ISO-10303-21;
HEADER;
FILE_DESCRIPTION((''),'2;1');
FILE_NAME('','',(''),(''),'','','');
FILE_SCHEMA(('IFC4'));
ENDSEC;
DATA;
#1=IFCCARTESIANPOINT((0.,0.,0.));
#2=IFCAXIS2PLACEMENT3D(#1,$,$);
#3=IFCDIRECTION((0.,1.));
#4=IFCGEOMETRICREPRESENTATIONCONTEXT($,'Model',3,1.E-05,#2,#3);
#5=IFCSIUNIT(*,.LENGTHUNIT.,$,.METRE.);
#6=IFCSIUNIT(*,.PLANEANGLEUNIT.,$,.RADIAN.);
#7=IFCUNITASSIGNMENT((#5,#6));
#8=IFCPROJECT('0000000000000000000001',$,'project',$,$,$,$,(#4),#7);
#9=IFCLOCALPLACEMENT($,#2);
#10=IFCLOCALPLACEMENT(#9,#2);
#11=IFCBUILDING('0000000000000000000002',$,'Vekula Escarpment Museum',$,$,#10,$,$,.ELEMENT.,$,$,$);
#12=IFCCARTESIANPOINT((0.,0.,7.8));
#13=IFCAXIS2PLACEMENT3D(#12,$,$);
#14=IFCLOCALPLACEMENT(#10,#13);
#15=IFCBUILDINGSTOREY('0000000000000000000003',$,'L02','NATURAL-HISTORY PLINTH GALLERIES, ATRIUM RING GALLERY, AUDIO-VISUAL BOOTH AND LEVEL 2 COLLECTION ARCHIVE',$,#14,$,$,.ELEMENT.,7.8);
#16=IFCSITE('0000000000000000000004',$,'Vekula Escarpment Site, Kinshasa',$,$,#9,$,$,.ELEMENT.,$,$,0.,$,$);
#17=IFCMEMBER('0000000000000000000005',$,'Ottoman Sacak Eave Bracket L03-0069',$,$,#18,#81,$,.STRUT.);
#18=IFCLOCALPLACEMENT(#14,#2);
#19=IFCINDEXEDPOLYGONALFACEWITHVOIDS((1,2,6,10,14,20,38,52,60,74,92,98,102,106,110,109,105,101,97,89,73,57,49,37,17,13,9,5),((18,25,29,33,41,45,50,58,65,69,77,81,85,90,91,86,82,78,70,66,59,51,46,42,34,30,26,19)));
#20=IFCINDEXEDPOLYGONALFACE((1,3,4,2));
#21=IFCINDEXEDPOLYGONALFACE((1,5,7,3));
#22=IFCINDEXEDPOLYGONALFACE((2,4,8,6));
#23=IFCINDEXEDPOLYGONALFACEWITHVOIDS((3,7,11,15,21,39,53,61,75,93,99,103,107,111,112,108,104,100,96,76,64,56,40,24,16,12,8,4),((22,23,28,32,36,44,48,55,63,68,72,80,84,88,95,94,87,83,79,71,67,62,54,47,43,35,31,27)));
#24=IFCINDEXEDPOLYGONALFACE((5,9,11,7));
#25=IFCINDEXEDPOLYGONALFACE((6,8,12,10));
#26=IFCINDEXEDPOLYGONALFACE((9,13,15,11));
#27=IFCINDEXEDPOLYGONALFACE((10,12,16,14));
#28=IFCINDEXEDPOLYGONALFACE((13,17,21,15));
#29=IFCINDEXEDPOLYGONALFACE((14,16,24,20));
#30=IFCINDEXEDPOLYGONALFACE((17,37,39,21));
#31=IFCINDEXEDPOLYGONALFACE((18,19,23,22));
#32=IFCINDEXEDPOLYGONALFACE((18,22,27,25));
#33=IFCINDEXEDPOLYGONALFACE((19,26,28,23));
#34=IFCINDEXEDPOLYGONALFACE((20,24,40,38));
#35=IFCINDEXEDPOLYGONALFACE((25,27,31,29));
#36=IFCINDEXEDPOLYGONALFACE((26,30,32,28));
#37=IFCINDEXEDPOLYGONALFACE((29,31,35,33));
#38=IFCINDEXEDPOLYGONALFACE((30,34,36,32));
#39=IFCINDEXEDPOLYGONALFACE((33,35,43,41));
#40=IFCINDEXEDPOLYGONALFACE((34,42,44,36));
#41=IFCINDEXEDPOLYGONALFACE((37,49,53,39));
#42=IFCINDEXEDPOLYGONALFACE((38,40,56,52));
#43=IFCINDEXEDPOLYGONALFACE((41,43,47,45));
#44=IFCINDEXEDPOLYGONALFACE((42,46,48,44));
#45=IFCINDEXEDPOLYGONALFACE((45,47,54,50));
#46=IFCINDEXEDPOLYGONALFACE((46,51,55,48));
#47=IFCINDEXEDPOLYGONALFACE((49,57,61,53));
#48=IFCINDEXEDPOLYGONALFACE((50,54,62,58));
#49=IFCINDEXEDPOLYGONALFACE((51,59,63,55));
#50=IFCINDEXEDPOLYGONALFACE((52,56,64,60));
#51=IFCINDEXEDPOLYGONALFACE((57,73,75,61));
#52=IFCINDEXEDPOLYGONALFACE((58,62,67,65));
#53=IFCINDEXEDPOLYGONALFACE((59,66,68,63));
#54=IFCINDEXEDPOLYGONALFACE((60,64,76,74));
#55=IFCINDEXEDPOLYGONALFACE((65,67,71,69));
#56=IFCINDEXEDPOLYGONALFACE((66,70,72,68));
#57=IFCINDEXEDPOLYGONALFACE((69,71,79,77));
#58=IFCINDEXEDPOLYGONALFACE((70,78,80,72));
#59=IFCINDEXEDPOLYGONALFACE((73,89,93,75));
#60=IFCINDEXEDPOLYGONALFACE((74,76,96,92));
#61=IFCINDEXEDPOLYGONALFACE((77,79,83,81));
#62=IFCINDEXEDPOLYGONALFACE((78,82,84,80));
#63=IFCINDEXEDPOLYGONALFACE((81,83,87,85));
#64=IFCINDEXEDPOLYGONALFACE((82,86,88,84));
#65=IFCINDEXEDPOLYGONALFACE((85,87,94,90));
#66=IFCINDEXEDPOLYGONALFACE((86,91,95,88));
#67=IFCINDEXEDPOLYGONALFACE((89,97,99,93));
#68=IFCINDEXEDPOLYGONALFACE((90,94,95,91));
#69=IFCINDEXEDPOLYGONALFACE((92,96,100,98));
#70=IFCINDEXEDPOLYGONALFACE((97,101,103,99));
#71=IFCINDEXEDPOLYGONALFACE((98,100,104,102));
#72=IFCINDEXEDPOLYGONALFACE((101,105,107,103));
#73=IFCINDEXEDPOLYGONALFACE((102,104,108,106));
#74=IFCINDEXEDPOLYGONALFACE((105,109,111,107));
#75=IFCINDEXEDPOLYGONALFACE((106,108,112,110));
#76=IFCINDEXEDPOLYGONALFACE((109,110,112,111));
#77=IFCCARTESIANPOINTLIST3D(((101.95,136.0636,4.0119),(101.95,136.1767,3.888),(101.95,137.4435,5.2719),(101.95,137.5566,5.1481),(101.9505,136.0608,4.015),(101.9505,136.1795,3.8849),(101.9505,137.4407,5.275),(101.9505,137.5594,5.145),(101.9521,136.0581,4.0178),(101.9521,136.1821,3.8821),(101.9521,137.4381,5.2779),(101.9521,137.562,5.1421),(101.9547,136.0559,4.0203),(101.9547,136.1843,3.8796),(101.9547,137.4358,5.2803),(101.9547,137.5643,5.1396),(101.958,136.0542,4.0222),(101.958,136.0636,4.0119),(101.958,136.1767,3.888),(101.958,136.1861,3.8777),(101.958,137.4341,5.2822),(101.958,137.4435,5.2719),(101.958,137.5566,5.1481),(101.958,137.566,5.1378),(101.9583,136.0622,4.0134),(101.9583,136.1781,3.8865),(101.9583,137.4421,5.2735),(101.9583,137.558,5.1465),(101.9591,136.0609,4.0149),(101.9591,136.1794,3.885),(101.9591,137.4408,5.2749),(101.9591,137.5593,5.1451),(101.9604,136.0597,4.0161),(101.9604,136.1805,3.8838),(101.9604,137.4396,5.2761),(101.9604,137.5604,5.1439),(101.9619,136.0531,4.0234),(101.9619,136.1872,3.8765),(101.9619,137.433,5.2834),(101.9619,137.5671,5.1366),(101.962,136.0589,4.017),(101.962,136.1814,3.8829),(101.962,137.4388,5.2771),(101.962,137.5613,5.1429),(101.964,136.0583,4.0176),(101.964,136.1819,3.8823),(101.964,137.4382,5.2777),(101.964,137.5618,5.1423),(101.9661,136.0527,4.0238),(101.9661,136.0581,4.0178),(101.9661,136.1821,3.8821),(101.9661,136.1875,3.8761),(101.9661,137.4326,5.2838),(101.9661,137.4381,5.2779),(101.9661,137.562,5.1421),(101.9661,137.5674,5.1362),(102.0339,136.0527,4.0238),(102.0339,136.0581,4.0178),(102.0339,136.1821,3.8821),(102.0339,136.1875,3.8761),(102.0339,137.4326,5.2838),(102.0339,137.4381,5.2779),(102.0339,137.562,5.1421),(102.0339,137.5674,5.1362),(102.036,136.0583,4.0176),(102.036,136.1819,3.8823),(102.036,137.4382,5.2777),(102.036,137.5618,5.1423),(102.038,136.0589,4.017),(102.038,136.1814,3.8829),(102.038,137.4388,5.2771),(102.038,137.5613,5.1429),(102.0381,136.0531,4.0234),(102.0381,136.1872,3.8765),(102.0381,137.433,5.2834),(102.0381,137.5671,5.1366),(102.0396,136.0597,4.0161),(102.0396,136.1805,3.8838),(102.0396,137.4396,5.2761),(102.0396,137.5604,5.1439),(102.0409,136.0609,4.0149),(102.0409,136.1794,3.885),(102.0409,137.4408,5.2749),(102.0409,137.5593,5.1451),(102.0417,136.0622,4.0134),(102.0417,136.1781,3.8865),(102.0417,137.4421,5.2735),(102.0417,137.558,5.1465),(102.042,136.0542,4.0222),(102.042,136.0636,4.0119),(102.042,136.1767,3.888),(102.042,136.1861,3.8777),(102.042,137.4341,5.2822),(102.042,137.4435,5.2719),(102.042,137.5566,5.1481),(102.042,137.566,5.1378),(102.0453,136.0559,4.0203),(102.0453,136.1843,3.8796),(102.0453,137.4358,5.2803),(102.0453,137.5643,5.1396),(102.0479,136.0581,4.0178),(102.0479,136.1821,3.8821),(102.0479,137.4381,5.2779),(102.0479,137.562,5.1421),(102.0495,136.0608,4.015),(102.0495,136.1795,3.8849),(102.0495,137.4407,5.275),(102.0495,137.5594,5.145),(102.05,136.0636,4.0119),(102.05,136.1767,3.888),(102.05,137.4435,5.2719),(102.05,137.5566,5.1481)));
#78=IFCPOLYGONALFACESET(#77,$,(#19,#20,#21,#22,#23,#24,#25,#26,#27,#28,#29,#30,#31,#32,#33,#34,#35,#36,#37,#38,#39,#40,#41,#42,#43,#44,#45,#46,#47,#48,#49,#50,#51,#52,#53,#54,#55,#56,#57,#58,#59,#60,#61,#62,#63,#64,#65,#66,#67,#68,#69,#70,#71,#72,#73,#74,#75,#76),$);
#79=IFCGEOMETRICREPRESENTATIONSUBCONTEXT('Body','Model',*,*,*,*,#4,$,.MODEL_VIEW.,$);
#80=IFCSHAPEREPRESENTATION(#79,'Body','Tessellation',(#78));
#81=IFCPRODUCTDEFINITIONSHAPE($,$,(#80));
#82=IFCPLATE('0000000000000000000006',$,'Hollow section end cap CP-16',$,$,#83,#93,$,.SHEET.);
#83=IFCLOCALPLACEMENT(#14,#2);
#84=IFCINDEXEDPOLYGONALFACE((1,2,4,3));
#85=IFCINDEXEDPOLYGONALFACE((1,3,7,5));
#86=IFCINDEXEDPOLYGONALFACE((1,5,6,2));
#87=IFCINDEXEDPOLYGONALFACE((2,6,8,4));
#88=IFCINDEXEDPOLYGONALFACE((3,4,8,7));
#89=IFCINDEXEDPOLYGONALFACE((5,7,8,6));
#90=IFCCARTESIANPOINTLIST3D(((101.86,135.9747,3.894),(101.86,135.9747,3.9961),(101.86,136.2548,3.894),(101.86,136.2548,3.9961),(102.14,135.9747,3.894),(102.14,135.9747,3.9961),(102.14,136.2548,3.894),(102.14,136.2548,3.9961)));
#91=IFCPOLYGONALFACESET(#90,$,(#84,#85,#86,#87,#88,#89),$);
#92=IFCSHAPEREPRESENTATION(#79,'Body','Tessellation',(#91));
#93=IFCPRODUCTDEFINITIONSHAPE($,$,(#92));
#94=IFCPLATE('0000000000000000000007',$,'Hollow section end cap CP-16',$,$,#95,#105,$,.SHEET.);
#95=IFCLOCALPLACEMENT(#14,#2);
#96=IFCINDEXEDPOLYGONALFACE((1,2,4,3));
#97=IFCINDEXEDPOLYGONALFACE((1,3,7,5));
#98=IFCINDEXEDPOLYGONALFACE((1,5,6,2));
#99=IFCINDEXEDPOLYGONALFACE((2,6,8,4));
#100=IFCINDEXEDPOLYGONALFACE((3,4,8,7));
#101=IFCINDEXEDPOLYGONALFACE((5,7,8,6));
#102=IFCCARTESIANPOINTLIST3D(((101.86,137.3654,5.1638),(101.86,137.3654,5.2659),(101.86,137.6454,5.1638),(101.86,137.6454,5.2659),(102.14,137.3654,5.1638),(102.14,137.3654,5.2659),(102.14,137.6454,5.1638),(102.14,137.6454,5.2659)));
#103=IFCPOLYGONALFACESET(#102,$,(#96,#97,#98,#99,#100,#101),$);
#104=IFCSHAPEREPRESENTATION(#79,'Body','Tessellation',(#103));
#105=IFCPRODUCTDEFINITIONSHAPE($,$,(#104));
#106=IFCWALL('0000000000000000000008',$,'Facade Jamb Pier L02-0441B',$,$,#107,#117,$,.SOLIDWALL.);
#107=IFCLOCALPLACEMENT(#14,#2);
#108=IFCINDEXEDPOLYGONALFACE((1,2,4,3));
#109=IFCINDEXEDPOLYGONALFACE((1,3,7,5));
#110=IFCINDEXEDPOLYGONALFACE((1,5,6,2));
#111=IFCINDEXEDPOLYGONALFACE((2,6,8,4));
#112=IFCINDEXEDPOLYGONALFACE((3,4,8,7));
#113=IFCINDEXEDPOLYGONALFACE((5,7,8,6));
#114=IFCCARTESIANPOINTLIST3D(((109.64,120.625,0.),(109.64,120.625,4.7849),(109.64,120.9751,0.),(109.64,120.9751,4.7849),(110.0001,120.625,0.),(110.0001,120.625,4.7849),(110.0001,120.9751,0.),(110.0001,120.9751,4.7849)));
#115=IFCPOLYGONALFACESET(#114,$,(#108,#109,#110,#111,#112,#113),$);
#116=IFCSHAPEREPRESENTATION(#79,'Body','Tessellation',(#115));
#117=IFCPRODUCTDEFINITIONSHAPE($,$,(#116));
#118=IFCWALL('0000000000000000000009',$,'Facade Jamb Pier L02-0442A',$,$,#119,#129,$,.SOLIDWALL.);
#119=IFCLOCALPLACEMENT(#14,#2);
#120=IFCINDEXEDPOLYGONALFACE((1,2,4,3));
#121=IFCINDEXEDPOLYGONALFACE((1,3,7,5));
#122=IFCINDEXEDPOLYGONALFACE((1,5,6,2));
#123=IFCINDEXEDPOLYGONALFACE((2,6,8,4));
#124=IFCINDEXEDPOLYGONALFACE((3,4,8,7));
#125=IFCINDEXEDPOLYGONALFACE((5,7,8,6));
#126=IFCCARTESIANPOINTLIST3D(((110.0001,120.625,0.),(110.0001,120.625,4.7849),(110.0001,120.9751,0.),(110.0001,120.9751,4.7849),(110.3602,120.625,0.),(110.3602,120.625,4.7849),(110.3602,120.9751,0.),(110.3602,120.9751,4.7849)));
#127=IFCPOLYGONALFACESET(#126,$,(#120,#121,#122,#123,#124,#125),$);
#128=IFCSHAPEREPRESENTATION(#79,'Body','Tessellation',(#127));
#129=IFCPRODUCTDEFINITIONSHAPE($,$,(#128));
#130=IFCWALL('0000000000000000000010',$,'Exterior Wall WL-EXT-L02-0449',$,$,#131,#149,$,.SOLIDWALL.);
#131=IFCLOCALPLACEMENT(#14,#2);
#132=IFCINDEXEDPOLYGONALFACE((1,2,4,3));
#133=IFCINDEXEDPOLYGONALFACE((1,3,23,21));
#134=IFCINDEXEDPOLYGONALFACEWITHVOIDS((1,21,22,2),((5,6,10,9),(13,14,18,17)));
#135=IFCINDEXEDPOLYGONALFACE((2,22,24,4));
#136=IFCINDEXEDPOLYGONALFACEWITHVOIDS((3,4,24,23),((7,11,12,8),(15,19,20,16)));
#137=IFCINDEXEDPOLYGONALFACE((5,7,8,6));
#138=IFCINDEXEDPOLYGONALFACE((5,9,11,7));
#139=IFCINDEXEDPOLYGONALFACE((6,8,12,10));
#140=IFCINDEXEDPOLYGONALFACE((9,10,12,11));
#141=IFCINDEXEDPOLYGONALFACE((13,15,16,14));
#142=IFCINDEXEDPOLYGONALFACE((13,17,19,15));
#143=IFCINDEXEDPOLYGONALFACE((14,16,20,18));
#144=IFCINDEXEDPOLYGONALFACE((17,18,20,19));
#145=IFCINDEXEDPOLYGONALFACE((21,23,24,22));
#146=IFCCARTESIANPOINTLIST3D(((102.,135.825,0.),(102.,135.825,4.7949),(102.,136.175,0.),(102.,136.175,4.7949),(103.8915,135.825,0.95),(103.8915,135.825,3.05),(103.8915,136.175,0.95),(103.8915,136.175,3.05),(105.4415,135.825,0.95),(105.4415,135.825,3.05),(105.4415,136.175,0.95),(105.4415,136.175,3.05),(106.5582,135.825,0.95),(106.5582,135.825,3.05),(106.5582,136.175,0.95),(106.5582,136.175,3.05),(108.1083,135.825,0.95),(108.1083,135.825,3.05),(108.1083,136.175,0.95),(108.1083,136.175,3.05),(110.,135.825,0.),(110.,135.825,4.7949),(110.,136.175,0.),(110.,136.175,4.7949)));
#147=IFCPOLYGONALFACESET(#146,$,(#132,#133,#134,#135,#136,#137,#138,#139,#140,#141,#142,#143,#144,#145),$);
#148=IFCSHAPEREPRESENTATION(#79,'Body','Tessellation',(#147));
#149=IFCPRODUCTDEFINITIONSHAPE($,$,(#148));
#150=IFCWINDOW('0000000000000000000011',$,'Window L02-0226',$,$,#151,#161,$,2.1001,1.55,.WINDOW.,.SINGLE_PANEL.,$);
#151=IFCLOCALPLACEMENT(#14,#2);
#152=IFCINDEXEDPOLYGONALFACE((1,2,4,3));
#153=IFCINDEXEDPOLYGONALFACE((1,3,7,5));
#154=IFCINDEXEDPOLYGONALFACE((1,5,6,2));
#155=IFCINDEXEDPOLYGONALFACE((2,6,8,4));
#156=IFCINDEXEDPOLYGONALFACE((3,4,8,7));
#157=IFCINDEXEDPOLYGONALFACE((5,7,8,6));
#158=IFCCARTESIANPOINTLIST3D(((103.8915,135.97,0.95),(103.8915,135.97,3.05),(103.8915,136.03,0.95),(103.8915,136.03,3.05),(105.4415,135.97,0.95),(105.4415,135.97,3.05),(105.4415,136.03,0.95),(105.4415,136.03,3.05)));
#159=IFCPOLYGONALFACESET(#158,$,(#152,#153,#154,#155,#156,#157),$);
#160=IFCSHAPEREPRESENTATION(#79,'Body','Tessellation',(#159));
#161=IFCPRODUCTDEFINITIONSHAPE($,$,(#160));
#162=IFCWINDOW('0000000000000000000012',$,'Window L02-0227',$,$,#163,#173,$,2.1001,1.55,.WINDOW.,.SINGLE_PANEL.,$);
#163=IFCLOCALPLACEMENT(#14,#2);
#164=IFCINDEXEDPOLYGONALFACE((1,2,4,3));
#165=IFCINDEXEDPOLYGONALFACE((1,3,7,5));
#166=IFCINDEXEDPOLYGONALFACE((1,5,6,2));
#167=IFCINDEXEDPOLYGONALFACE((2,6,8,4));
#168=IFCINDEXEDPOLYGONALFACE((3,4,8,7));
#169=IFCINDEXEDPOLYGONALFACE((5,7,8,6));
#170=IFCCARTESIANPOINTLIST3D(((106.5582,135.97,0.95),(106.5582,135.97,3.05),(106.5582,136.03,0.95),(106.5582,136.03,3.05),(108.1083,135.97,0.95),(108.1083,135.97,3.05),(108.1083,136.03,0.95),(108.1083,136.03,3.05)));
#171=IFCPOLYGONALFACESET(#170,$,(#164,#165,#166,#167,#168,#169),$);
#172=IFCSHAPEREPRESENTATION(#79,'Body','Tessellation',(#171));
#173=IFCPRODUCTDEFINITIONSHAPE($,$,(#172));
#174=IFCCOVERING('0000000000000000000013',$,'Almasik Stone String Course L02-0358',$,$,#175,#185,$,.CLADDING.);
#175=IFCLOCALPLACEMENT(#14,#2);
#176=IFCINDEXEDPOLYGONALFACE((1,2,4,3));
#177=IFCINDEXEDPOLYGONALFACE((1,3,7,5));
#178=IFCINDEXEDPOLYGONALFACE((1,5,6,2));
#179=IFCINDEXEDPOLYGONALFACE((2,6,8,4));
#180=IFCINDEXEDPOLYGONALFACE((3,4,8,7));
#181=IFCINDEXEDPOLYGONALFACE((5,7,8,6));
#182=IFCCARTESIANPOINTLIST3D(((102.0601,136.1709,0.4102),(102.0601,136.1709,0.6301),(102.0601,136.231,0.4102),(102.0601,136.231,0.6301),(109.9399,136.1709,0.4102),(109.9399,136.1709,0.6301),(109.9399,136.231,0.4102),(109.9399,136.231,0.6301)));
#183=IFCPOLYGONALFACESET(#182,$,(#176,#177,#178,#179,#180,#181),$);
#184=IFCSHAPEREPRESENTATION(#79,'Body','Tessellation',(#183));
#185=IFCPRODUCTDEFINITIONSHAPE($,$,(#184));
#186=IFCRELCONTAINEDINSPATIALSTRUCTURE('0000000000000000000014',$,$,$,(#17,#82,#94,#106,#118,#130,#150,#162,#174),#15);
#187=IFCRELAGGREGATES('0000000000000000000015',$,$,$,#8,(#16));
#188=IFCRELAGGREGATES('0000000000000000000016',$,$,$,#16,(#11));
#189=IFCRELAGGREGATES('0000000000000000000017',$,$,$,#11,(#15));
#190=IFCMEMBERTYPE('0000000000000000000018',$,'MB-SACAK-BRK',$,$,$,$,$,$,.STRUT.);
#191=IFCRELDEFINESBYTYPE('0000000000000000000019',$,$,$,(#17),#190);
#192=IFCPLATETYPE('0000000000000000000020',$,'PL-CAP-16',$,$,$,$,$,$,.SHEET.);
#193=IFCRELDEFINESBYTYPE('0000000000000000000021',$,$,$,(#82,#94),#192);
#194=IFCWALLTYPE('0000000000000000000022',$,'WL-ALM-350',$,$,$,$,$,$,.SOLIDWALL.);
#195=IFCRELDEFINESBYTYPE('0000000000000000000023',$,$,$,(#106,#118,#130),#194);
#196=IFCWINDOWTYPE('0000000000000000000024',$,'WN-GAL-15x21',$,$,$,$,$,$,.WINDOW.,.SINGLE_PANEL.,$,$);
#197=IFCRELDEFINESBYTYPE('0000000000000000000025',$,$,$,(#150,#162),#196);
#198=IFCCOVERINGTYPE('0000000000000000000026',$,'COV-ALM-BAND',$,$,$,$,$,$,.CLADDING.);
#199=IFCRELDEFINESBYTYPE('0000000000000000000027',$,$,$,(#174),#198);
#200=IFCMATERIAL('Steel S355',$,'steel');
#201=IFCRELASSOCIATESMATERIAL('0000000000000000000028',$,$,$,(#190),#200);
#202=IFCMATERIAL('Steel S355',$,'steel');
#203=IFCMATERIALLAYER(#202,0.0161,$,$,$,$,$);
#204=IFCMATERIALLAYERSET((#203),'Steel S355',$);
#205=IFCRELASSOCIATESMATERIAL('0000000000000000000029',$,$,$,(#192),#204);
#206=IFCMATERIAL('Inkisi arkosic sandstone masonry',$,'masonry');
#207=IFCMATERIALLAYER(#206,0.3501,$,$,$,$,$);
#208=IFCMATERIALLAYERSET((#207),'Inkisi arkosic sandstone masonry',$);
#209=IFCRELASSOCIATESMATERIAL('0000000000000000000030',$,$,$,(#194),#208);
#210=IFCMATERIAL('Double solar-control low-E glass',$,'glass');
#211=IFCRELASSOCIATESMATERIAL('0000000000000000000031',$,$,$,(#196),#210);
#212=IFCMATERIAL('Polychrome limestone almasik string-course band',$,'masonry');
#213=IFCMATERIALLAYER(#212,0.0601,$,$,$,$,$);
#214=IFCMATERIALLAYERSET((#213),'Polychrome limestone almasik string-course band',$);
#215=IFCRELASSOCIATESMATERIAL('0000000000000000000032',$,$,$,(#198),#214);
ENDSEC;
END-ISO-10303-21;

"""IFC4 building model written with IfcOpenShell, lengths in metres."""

from ifc_helpers import new_model, si_unit, direction, frame, frame_2d, origin, origin_2d, place, context, subcontext, project, spatial, rectangle, hollow_rectangle, extrude, material, layer, layer_set, material_profile, profile_set, type_object, element, fill, save


model = new_model("IFC4")

# Units and contexts
model_context = context("Model", 3, precision=1e-05, world=origin(), true_north=direction((0.0, 1.0)))
body_context = subcontext(model_context, "Body", "Model", "MODEL_VIEW")
ifc_project = project(units=[si_unit("LENGTHUNIT", "METRE"), si_unit("PLANEANGLEUNIT", "RADIAN")], contexts=[model_context])

# Site, building, storey
site_placement = place(None, origin())
site = spatial("IfcSite", under=ifc_project, at=site_placement, Name="Vekula Escarpment Site, Kinshasa", CompositionType="ELEMENT", RefElevation=0.0)
building_placement = place(site_placement, origin())
building = spatial("IfcBuilding", under=site, at=building_placement, Name="Vekula Escarpment Museum", CompositionType="ELEMENT")
storey_placement = place(building_placement, frame((0.0, 0.0, 7.8)))
storey = spatial("IfcBuildingStorey", under=building, at=storey_placement, Name="L02", Description="NATURAL-HISTORY PLINTH GALLERIES, ATRIUM RING GALLERY, AUDIO-VISUAL BOOTH AND LEVEL 2 COLLECTION ARCHIVE", CompositionType="ELEMENT", Elevation=7.8)

# Member
ifc_material_1 = material(Name="Steel S355", Category="steel")
ifc_material_profile_1 = material_profile(ifc_material_1, hollow_rectangle(XDim=0.1001, YDim=0.2, WallThickness=0.0081, InnerFilletRadius=0.0081, OuterFilletRadius=0.0161, at=origin_2d()), Name="RHS 200x100x8")
ifc_profile_set_1 = profile_set([ifc_material_profile_1], Name="Steel S355")
member_type_1 = type_object("IfcMemberType", Name="MB-SACAK-BRK", PredefinedType="STRUT", material=ifc_profile_set_1)
member_1_placement = place(storey_placement, frame((102.0, 136.1201, 3.95), z_axis=(0.0, 0.738454, 0.674303), x_axis=(-1.0, 0.0, 0.0)))
element("IfcMember", 1, at=member_1_placement, inside=storey, type_object=member_type_1, Name="Ottoman Sacak Eave Bracket L03-0069", PredefinedType="STRUT", context=body_context, shape_type="SweptSolid", body=[
    extrude(hollow_rectangle(XDim=0.1001, YDim=0.2, WallThickness=0.0081, InnerFilletRadius=0.0081, OuterFilletRadius=0.0161, at=origin_2d()), origin(), (0.0, 0.0, 1.0), 1.8687),
])

# Plates
ifc_material_2 = material(Name="Steel S355", Category="steel")
ifc_layer_1 = layer(ifc_material_2, 0.0161)
ifc_layer_set_1 = layer_set([ifc_layer_1], Name="Steel S355")
plate_type = type_object("IfcPlateType", Name="PL-CAP-16", PredefinedType="SHEET", material=ifc_layer_set_1)
for number, where, z_axis, x_axis, name in (
    (2, (102.0, 136.1147, 3.894), (0.0, 0.0, 1.0), (1.0, 0.0, 0.0), "Hollow section end cap CP-16"),
    (3, (102.0, 137.5054, 5.1638), (0.0, 0.0, 1.0), (1.0, 0.0, 0.0), "Hollow section end cap CP-16"),
):
    element("IfcPlate", number, at=place(storey_placement, frame(where, z_axis=z_axis, x_axis=x_axis)), inside=storey, type_object=plate_type, Name=name, PredefinedType="SHEET", context=body_context, shape_type="SweptSolid", body=[
        extrude(rectangle(XDim=0.28, YDim=0.28, at=origin_2d()), origin(), (0.0, 0.0, 1.0), 0.1021),
    ])

# Walls
ifc_material_3 = material(Name="Inkisi arkosic sandstone masonry", Category="masonry")
ifc_layer_2 = layer(ifc_material_3, 0.3501)
ifc_layer_set_2 = layer_set([ifc_layer_2], Name="Inkisi arkosic sandstone masonry")
wall_type = type_object("IfcWallType", Name="WL-ALM-350", PredefinedType="SOLIDWALL", material=ifc_layer_set_2)
for number, where, z_axis, x_axis, name in (
    (4, (109.6399, 120.8, 0.0), (0.0, 0.0, 1.0), (1.0, 0.0, 0.0), "Facade Jamb Pier L02-0441B"),
    (5, (110.0, 120.8, 0.0), (0.0, 0.0, 1.0), (1.0, 0.0, 0.0), "Facade Jamb Pier L02-0442A"),
):
    element("IfcWall", number, at=place(storey_placement, frame(where, z_axis=z_axis, x_axis=x_axis)), inside=storey, type_object=wall_type, Name=name, PredefinedType="SOLIDWALL", context=body_context, shape_type="SweptSolid", body=[
        extrude(rectangle(XDim=0.3601, YDim=0.3501, at=frame_2d((0.1802, 0.0))), origin(), (0.0, 0.0, 1.0), 4.7849),
    ])

# Wall, openings, windows
wall_placement = place(storey_placement, frame((102.0, 136.0, 0.0), z_axis=(0.0, 0.0, 1.0), x_axis=(1.0, 0.0, 0.0)))
wall = element("IfcWall", 6, at=wall_placement, inside=storey, type_object=wall_type, Name="Exterior Wall WL-EXT-L02-0449", PredefinedType="SOLIDWALL", context=body_context, shape_type="SweptSolid", body=[
    extrude(rectangle(XDim=8.0, YDim=0.3501, at=frame_2d((4.0, 0.0))), origin(), (0.0, 0.0, 1.0), 4.7949),
])
opening_1_placement = place(wall_placement, frame((1.8916, 0.0, 0.95)))
opening_1 = element("IfcOpeningElement", 7, at=opening_1_placement, cuts=wall, PredefinedType="OPENING", context=body_context, shape_type="SweptSolid", body=[
    extrude(rectangle(XDim=1.55, YDim=2.1001, at=frame_2d((0.7749, 1.05))), frame((0.0, 0.1851, 0.0), z_axis=(0.0, -1.0, 0.0), x_axis=(1.0, 0.0, 0.0)), (0.0, 0.0, 1.0), 0.3701),
])
opening_2_placement = place(wall_placement, frame((4.5583, 0.0, 0.95)))
opening_2 = element("IfcOpeningElement", 8, at=opening_2_placement, cuts=wall, PredefinedType="OPENING", context=body_context, shape_type="SweptSolid", body=[
    extrude(rectangle(XDim=1.55, YDim=2.1001, at=frame_2d((0.7749, 1.05))), frame((0.0, 0.1851, 0.0), z_axis=(0.0, -1.0, 0.0), x_axis=(1.0, 0.0, 0.0)), (0.0, 0.0, 1.0), 0.3701),
])
ifc_material_4 = material(Name="Double solar-control low-E glass", Category="glass")
window_type = type_object("IfcWindowType", Name="WN-GAL-15x21", PartitioningType="SINGLE_PANEL", PredefinedType="WINDOW", material=ifc_material_4)
window_1_placement = place(opening_1_placement, origin())
window_1 = element("IfcWindow", 9, at=window_1_placement, inside=storey, type_object=window_type, Name="Window L02-0226", OverallHeight=2.1001, OverallWidth=1.55, PartitioningType="SINGLE_PANEL", PredefinedType="WINDOW", context=body_context, shape_type="SweptSolid", body=[
    extrude(rectangle(XDim=1.55, YDim=2.1001, at=frame_2d((0.7749, 1.05))), frame((0.0, 0.03, 0.0), z_axis=(0.0, -1.0, 0.0), x_axis=(1.0, 0.0, 0.0)), (0.0, 0.0, 1.0), 0.0601),
])
fill(opening_1, window_1)
window_2_placement = place(opening_2_placement, origin())
window_2 = element("IfcWindow", 10, at=window_2_placement, inside=storey, type_object=window_type, Name="Window L02-0227", OverallHeight=2.1001, OverallWidth=1.55, PartitioningType="SINGLE_PANEL", PredefinedType="WINDOW", context=body_context, shape_type="SweptSolid", body=[
    extrude(rectangle(XDim=1.55, YDim=2.1001, at=frame_2d((0.7749, 1.05))), frame((0.0, 0.03, 0.0), z_axis=(0.0, -1.0, 0.0), x_axis=(1.0, 0.0, 0.0)), (0.0, 0.0, 1.0), 0.0601),
])
fill(opening_2, window_2)

# Covering
ifc_material_5 = material(Name="Polychrome limestone almasik string-course band", Category="masonry")
ifc_layer_3 = layer(ifc_material_5, 0.0601)
ifc_layer_set_3 = layer_set([ifc_layer_3], Name="Polychrome limestone almasik string-course band")
covering_type = type_object("IfcCoveringType", Name="COV-ALM-BAND", PredefinedType="CLADDING", material=ifc_layer_set_3)
for number, where, z_axis, x_axis, name in (
    (11, (106.0, 136.2009, 0.4102), (0.0, 0.0, 1.0), (1.0, 0.0, 0.0), "Almasik Stone String Course L02-0358"),
):
    element("IfcCovering", number, at=place(storey_placement, frame(where, z_axis=z_axis, x_axis=x_axis)), inside=storey, type_object=covering_type, Name=name, PredefinedType="CLADDING", context=body_context, shape_type="SweptSolid", body=[
        extrude(rectangle(XDim=7.8799, YDim=0.0601, at=origin_2d()), origin(), (0.0, 0.0, 1.0), 0.22),
    ])

save(model, "model.ifc")
